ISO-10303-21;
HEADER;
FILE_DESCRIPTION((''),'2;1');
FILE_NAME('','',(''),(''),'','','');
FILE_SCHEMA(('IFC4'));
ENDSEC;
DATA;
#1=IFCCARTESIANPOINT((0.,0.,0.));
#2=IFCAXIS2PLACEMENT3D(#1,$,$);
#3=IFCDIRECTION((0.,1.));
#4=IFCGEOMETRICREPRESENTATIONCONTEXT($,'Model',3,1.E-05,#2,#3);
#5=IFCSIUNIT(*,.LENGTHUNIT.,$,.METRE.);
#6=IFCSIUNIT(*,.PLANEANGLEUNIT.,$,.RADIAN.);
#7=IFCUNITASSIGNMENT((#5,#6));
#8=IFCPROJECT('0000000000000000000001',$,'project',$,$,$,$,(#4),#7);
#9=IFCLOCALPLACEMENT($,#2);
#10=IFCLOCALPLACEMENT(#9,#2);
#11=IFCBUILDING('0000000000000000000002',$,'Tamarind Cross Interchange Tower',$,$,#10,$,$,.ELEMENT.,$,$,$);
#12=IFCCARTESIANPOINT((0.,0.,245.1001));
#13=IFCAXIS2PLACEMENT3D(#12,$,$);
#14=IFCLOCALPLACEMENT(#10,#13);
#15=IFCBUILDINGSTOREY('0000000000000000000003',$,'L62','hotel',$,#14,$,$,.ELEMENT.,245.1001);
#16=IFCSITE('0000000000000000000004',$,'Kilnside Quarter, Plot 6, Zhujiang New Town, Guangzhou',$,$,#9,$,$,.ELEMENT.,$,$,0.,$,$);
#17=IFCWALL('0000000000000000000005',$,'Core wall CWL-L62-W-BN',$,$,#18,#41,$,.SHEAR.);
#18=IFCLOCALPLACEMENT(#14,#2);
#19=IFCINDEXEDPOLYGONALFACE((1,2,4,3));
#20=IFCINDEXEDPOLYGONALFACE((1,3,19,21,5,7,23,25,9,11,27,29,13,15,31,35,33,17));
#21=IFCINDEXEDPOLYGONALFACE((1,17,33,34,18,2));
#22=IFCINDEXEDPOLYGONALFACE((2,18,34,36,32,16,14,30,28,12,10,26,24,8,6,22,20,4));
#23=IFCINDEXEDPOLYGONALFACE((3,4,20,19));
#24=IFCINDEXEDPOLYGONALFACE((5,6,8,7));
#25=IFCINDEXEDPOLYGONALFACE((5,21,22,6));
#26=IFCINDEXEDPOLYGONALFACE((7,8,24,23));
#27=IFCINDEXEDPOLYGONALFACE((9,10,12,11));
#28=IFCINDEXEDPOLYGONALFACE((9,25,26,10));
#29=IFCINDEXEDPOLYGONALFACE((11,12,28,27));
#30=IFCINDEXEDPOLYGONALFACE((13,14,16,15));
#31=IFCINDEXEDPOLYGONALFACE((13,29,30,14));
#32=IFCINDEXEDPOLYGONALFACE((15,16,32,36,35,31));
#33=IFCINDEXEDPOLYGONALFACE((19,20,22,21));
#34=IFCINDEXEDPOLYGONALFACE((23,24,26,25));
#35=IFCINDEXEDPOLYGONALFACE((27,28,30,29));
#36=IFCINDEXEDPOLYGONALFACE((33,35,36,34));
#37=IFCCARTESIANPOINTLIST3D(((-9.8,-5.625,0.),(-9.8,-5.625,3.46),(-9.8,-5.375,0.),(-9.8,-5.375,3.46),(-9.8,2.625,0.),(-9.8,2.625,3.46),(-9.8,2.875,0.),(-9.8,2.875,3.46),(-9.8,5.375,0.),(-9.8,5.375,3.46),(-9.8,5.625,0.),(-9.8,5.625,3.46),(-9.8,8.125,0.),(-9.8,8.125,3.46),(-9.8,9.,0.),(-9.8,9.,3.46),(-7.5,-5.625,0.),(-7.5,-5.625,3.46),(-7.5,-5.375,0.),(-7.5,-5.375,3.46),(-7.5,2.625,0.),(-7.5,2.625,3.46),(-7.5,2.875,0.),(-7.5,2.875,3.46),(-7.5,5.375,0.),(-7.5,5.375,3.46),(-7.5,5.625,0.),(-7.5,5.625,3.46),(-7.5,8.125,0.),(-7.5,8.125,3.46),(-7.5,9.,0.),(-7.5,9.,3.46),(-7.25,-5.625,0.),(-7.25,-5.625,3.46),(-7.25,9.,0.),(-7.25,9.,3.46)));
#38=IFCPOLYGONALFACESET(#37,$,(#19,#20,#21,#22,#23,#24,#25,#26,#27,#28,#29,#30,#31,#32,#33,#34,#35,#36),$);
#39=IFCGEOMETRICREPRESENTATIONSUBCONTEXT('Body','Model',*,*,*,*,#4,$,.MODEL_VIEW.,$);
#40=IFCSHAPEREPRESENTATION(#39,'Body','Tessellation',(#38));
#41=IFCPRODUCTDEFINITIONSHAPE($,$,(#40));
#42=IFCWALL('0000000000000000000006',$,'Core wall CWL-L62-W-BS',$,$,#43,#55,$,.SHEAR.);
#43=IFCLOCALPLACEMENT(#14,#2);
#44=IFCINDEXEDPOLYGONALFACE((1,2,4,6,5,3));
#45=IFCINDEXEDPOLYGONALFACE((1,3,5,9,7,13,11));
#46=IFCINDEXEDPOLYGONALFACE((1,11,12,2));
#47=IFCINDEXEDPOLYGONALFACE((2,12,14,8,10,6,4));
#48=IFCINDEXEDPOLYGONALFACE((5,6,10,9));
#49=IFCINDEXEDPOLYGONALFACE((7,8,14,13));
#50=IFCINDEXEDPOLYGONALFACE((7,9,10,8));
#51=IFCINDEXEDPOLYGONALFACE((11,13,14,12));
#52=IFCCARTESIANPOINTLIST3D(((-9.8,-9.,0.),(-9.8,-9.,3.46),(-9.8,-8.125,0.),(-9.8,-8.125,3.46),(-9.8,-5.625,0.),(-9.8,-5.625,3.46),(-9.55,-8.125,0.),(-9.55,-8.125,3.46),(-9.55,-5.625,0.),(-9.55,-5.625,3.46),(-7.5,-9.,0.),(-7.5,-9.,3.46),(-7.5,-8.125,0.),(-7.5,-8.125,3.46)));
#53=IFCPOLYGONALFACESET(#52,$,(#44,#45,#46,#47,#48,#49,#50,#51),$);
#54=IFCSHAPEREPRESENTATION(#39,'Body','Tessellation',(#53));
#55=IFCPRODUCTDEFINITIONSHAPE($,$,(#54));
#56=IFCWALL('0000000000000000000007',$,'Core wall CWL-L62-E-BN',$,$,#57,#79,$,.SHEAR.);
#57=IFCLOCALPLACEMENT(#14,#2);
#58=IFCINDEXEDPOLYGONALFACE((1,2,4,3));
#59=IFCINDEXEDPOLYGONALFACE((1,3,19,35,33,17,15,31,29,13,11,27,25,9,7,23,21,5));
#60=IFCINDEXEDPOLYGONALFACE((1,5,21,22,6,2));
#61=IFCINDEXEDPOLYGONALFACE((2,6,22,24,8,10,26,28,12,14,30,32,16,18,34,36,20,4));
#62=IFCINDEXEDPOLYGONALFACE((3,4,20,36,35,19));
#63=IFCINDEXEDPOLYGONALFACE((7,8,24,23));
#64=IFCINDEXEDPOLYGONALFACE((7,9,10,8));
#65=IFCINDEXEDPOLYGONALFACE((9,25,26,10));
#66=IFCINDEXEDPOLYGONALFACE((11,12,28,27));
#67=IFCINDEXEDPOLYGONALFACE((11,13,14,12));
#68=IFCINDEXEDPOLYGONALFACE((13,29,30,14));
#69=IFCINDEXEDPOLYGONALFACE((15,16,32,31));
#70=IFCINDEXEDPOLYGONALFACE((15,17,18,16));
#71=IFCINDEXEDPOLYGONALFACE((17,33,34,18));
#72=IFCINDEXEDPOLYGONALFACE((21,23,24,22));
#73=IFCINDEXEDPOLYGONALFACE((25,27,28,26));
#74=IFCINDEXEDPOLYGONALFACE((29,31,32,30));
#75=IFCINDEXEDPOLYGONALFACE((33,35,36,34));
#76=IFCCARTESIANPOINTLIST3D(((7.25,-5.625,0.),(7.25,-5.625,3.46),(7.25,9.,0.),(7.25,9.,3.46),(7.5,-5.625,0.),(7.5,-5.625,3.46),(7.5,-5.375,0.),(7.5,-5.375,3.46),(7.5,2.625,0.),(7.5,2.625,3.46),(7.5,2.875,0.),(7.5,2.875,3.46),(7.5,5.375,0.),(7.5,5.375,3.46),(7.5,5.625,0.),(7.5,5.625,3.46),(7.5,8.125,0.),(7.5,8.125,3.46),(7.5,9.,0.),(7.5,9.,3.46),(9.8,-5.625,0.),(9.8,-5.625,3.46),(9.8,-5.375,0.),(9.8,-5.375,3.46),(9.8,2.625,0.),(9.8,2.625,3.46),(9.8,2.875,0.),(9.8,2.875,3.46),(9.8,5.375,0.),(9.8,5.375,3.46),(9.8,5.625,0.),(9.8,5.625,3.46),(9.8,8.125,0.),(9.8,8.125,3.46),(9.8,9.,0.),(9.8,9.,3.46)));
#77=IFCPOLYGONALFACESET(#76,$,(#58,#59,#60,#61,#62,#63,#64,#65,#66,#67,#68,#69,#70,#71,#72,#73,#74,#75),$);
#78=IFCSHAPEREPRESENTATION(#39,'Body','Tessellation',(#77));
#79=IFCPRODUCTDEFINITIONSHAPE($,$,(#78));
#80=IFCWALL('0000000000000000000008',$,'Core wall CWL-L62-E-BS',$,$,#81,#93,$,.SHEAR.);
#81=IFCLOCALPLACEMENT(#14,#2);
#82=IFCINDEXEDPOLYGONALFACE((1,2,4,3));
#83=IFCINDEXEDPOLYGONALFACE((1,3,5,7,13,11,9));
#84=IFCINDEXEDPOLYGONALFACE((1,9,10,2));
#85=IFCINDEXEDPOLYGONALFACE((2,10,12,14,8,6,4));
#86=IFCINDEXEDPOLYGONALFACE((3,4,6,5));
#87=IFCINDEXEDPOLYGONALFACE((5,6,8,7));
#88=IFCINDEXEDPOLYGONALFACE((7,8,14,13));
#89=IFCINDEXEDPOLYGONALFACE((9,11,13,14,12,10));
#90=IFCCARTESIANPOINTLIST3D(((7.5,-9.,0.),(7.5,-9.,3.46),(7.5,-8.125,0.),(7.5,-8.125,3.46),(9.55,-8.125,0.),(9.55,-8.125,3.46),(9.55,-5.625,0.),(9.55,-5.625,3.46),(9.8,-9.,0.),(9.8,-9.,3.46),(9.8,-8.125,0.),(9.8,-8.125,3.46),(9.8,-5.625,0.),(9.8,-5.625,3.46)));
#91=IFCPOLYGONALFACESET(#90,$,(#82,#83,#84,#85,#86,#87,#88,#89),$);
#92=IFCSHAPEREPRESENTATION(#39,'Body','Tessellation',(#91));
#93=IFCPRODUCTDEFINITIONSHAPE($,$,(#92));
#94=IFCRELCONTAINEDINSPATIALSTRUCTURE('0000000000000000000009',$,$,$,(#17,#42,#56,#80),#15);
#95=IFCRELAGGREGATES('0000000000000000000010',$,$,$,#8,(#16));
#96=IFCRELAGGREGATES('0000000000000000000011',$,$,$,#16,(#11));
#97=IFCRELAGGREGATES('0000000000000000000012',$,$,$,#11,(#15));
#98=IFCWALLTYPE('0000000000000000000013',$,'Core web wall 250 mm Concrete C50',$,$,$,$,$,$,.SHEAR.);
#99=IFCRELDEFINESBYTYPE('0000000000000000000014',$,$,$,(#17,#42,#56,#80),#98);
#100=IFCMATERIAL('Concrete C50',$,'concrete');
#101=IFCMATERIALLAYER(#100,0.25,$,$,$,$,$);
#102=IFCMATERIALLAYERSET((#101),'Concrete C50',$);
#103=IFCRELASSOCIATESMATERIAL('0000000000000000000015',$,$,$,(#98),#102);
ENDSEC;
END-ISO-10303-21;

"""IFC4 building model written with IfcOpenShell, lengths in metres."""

from ifc_helpers import new_model, si_unit, direction, frame, origin, place, context, subcontext, project, spatial, polyline, outline, extrude, material, layer, layer_set, type_object, element, save


model = new_model("IFC4")

# Units and contexts
model_context = context("Model", 3, precision=1e-05, world=origin(), true_north=direction((0.0, 1.0)))
body_context = subcontext(model_context, "Body", "Model", "MODEL_VIEW")
ifc_project = project(units=[si_unit("LENGTHUNIT", "METRE"), si_unit("PLANEANGLEUNIT", "RADIAN")], contexts=[model_context])

# Site, building, storey
site_placement = place(None, origin())
site = spatial("IfcSite", under=ifc_project, at=site_placement, Name="Kilnside Quarter, Plot 6, Zhujiang New Town, Guangzhou", CompositionType="ELEMENT", RefElevation=0.0)
building_placement = place(site_placement, origin())
building = spatial("IfcBuilding", under=site, at=building_placement, Name="Tamarind Cross Interchange Tower", CompositionType="ELEMENT")
storey_placement = place(building_placement, frame((0.0, 0.0, 245.1001)))
storey = spatial("IfcBuildingStorey", under=building, at=storey_placement, Name="L62", Description="hotel", CompositionType="ELEMENT", Elevation=245.1001)

# Walls
ifc_material_1 = material(Name="Concrete C50", Category="concrete")
ifc_layer_1 = layer(ifc_material_1, 0.25)
ifc_layer_set_1 = layer_set([ifc_layer_1], Name="Concrete C50")
wall_type_1 = type_object("IfcWallType", Name="Core web wall 250 mm Concrete C50", PredefinedType="SHEAR", material=ifc_layer_set_1)
wall_1_placement = place(storey_placement, origin())
element("IfcWall", 1, at=wall_1_placement, inside=storey, type_object=wall_type_1, Name="Core wall CWL-L62-W-BN", PredefinedType="SHEAR", context=body_context, shape_type="SweptSolid", body=[
    extrude(outline(polyline([(-9.8, -5.375), (-9.8, -5.625), (-7.5, -5.625), (-7.25, -5.625), (-7.25, 9.0), (-7.5, 9.0), (-9.8, 9.0), (-9.8, 8.125), (-7.5, 8.125), (-7.5, 5.625), (-9.8, 5.625), (-9.8, 5.375), (-7.5, 5.375), (-7.5, 2.875), (-9.8, 2.875), (-9.8, 2.625), (-7.5, 2.625), (-7.5, -5.375), (-9.8, -5.375)])), origin(), (0.0, 0.0, 1.0), 3.46),
])
wall_2_placement = place(storey_placement, origin())
element("IfcWall", 2, at=wall_2_placement, inside=storey, type_object=wall_type_1, Name="Core wall CWL-L62-W-BS", PredefinedType="SHEAR", context=body_context, shape_type="SweptSolid", body=[
    extrude(outline(polyline([(-7.5, -8.125), (-9.55, -8.125), (-9.55, -5.625), (-9.8, -5.625), (-9.8, -8.125), (-9.8, -9.0), (-7.5, -9.0), (-7.5, -8.125)])), origin(), (0.0, 0.0, 1.0), 3.46),
])
wall_3_placement = place(storey_placement, origin())
element("IfcWall", 3, at=wall_3_placement, inside=storey, type_object=wall_type_1, Name="Core wall CWL-L62-E-BN", PredefinedType="SHEAR", context=body_context, shape_type="SweptSolid", body=[
    extrude(outline(polyline([(9.8, -5.375), (7.5, -5.375), (7.5, 2.625), (9.8, 2.625), (9.8, 2.875), (7.5, 2.875), (7.5, 5.375), (9.8, 5.375), (9.8, 5.625), (7.5, 5.625), (7.5, 8.125), (9.8, 8.125), (9.8, 9.0), (7.5, 9.0), (7.25, 9.0), (7.25, -5.625), (7.5, -5.625), (9.8, -5.625), (9.8, -5.375)])), origin(), (0.0, 0.0, 1.0), 3.46),
])
wall_4_placement = place(storey_placement, origin())
element("IfcWall", 4, at=wall_4_placement, inside=storey, type_object=wall_type_1, Name="Core wall CWL-L62-E-BS", PredefinedType="SHEAR", context=body_context, shape_type="SweptSolid", body=[
    extrude(outline(polyline([(7.5, -8.125), (7.5, -9.0), (9.8, -9.0), (9.8, -8.125), (9.8, -5.625), (9.55, -5.625), (9.55, -8.125), (7.5, -8.125)])), origin(), (0.0, 0.0, 1.0), 3.46),
])

save(model, "model.ifc")
